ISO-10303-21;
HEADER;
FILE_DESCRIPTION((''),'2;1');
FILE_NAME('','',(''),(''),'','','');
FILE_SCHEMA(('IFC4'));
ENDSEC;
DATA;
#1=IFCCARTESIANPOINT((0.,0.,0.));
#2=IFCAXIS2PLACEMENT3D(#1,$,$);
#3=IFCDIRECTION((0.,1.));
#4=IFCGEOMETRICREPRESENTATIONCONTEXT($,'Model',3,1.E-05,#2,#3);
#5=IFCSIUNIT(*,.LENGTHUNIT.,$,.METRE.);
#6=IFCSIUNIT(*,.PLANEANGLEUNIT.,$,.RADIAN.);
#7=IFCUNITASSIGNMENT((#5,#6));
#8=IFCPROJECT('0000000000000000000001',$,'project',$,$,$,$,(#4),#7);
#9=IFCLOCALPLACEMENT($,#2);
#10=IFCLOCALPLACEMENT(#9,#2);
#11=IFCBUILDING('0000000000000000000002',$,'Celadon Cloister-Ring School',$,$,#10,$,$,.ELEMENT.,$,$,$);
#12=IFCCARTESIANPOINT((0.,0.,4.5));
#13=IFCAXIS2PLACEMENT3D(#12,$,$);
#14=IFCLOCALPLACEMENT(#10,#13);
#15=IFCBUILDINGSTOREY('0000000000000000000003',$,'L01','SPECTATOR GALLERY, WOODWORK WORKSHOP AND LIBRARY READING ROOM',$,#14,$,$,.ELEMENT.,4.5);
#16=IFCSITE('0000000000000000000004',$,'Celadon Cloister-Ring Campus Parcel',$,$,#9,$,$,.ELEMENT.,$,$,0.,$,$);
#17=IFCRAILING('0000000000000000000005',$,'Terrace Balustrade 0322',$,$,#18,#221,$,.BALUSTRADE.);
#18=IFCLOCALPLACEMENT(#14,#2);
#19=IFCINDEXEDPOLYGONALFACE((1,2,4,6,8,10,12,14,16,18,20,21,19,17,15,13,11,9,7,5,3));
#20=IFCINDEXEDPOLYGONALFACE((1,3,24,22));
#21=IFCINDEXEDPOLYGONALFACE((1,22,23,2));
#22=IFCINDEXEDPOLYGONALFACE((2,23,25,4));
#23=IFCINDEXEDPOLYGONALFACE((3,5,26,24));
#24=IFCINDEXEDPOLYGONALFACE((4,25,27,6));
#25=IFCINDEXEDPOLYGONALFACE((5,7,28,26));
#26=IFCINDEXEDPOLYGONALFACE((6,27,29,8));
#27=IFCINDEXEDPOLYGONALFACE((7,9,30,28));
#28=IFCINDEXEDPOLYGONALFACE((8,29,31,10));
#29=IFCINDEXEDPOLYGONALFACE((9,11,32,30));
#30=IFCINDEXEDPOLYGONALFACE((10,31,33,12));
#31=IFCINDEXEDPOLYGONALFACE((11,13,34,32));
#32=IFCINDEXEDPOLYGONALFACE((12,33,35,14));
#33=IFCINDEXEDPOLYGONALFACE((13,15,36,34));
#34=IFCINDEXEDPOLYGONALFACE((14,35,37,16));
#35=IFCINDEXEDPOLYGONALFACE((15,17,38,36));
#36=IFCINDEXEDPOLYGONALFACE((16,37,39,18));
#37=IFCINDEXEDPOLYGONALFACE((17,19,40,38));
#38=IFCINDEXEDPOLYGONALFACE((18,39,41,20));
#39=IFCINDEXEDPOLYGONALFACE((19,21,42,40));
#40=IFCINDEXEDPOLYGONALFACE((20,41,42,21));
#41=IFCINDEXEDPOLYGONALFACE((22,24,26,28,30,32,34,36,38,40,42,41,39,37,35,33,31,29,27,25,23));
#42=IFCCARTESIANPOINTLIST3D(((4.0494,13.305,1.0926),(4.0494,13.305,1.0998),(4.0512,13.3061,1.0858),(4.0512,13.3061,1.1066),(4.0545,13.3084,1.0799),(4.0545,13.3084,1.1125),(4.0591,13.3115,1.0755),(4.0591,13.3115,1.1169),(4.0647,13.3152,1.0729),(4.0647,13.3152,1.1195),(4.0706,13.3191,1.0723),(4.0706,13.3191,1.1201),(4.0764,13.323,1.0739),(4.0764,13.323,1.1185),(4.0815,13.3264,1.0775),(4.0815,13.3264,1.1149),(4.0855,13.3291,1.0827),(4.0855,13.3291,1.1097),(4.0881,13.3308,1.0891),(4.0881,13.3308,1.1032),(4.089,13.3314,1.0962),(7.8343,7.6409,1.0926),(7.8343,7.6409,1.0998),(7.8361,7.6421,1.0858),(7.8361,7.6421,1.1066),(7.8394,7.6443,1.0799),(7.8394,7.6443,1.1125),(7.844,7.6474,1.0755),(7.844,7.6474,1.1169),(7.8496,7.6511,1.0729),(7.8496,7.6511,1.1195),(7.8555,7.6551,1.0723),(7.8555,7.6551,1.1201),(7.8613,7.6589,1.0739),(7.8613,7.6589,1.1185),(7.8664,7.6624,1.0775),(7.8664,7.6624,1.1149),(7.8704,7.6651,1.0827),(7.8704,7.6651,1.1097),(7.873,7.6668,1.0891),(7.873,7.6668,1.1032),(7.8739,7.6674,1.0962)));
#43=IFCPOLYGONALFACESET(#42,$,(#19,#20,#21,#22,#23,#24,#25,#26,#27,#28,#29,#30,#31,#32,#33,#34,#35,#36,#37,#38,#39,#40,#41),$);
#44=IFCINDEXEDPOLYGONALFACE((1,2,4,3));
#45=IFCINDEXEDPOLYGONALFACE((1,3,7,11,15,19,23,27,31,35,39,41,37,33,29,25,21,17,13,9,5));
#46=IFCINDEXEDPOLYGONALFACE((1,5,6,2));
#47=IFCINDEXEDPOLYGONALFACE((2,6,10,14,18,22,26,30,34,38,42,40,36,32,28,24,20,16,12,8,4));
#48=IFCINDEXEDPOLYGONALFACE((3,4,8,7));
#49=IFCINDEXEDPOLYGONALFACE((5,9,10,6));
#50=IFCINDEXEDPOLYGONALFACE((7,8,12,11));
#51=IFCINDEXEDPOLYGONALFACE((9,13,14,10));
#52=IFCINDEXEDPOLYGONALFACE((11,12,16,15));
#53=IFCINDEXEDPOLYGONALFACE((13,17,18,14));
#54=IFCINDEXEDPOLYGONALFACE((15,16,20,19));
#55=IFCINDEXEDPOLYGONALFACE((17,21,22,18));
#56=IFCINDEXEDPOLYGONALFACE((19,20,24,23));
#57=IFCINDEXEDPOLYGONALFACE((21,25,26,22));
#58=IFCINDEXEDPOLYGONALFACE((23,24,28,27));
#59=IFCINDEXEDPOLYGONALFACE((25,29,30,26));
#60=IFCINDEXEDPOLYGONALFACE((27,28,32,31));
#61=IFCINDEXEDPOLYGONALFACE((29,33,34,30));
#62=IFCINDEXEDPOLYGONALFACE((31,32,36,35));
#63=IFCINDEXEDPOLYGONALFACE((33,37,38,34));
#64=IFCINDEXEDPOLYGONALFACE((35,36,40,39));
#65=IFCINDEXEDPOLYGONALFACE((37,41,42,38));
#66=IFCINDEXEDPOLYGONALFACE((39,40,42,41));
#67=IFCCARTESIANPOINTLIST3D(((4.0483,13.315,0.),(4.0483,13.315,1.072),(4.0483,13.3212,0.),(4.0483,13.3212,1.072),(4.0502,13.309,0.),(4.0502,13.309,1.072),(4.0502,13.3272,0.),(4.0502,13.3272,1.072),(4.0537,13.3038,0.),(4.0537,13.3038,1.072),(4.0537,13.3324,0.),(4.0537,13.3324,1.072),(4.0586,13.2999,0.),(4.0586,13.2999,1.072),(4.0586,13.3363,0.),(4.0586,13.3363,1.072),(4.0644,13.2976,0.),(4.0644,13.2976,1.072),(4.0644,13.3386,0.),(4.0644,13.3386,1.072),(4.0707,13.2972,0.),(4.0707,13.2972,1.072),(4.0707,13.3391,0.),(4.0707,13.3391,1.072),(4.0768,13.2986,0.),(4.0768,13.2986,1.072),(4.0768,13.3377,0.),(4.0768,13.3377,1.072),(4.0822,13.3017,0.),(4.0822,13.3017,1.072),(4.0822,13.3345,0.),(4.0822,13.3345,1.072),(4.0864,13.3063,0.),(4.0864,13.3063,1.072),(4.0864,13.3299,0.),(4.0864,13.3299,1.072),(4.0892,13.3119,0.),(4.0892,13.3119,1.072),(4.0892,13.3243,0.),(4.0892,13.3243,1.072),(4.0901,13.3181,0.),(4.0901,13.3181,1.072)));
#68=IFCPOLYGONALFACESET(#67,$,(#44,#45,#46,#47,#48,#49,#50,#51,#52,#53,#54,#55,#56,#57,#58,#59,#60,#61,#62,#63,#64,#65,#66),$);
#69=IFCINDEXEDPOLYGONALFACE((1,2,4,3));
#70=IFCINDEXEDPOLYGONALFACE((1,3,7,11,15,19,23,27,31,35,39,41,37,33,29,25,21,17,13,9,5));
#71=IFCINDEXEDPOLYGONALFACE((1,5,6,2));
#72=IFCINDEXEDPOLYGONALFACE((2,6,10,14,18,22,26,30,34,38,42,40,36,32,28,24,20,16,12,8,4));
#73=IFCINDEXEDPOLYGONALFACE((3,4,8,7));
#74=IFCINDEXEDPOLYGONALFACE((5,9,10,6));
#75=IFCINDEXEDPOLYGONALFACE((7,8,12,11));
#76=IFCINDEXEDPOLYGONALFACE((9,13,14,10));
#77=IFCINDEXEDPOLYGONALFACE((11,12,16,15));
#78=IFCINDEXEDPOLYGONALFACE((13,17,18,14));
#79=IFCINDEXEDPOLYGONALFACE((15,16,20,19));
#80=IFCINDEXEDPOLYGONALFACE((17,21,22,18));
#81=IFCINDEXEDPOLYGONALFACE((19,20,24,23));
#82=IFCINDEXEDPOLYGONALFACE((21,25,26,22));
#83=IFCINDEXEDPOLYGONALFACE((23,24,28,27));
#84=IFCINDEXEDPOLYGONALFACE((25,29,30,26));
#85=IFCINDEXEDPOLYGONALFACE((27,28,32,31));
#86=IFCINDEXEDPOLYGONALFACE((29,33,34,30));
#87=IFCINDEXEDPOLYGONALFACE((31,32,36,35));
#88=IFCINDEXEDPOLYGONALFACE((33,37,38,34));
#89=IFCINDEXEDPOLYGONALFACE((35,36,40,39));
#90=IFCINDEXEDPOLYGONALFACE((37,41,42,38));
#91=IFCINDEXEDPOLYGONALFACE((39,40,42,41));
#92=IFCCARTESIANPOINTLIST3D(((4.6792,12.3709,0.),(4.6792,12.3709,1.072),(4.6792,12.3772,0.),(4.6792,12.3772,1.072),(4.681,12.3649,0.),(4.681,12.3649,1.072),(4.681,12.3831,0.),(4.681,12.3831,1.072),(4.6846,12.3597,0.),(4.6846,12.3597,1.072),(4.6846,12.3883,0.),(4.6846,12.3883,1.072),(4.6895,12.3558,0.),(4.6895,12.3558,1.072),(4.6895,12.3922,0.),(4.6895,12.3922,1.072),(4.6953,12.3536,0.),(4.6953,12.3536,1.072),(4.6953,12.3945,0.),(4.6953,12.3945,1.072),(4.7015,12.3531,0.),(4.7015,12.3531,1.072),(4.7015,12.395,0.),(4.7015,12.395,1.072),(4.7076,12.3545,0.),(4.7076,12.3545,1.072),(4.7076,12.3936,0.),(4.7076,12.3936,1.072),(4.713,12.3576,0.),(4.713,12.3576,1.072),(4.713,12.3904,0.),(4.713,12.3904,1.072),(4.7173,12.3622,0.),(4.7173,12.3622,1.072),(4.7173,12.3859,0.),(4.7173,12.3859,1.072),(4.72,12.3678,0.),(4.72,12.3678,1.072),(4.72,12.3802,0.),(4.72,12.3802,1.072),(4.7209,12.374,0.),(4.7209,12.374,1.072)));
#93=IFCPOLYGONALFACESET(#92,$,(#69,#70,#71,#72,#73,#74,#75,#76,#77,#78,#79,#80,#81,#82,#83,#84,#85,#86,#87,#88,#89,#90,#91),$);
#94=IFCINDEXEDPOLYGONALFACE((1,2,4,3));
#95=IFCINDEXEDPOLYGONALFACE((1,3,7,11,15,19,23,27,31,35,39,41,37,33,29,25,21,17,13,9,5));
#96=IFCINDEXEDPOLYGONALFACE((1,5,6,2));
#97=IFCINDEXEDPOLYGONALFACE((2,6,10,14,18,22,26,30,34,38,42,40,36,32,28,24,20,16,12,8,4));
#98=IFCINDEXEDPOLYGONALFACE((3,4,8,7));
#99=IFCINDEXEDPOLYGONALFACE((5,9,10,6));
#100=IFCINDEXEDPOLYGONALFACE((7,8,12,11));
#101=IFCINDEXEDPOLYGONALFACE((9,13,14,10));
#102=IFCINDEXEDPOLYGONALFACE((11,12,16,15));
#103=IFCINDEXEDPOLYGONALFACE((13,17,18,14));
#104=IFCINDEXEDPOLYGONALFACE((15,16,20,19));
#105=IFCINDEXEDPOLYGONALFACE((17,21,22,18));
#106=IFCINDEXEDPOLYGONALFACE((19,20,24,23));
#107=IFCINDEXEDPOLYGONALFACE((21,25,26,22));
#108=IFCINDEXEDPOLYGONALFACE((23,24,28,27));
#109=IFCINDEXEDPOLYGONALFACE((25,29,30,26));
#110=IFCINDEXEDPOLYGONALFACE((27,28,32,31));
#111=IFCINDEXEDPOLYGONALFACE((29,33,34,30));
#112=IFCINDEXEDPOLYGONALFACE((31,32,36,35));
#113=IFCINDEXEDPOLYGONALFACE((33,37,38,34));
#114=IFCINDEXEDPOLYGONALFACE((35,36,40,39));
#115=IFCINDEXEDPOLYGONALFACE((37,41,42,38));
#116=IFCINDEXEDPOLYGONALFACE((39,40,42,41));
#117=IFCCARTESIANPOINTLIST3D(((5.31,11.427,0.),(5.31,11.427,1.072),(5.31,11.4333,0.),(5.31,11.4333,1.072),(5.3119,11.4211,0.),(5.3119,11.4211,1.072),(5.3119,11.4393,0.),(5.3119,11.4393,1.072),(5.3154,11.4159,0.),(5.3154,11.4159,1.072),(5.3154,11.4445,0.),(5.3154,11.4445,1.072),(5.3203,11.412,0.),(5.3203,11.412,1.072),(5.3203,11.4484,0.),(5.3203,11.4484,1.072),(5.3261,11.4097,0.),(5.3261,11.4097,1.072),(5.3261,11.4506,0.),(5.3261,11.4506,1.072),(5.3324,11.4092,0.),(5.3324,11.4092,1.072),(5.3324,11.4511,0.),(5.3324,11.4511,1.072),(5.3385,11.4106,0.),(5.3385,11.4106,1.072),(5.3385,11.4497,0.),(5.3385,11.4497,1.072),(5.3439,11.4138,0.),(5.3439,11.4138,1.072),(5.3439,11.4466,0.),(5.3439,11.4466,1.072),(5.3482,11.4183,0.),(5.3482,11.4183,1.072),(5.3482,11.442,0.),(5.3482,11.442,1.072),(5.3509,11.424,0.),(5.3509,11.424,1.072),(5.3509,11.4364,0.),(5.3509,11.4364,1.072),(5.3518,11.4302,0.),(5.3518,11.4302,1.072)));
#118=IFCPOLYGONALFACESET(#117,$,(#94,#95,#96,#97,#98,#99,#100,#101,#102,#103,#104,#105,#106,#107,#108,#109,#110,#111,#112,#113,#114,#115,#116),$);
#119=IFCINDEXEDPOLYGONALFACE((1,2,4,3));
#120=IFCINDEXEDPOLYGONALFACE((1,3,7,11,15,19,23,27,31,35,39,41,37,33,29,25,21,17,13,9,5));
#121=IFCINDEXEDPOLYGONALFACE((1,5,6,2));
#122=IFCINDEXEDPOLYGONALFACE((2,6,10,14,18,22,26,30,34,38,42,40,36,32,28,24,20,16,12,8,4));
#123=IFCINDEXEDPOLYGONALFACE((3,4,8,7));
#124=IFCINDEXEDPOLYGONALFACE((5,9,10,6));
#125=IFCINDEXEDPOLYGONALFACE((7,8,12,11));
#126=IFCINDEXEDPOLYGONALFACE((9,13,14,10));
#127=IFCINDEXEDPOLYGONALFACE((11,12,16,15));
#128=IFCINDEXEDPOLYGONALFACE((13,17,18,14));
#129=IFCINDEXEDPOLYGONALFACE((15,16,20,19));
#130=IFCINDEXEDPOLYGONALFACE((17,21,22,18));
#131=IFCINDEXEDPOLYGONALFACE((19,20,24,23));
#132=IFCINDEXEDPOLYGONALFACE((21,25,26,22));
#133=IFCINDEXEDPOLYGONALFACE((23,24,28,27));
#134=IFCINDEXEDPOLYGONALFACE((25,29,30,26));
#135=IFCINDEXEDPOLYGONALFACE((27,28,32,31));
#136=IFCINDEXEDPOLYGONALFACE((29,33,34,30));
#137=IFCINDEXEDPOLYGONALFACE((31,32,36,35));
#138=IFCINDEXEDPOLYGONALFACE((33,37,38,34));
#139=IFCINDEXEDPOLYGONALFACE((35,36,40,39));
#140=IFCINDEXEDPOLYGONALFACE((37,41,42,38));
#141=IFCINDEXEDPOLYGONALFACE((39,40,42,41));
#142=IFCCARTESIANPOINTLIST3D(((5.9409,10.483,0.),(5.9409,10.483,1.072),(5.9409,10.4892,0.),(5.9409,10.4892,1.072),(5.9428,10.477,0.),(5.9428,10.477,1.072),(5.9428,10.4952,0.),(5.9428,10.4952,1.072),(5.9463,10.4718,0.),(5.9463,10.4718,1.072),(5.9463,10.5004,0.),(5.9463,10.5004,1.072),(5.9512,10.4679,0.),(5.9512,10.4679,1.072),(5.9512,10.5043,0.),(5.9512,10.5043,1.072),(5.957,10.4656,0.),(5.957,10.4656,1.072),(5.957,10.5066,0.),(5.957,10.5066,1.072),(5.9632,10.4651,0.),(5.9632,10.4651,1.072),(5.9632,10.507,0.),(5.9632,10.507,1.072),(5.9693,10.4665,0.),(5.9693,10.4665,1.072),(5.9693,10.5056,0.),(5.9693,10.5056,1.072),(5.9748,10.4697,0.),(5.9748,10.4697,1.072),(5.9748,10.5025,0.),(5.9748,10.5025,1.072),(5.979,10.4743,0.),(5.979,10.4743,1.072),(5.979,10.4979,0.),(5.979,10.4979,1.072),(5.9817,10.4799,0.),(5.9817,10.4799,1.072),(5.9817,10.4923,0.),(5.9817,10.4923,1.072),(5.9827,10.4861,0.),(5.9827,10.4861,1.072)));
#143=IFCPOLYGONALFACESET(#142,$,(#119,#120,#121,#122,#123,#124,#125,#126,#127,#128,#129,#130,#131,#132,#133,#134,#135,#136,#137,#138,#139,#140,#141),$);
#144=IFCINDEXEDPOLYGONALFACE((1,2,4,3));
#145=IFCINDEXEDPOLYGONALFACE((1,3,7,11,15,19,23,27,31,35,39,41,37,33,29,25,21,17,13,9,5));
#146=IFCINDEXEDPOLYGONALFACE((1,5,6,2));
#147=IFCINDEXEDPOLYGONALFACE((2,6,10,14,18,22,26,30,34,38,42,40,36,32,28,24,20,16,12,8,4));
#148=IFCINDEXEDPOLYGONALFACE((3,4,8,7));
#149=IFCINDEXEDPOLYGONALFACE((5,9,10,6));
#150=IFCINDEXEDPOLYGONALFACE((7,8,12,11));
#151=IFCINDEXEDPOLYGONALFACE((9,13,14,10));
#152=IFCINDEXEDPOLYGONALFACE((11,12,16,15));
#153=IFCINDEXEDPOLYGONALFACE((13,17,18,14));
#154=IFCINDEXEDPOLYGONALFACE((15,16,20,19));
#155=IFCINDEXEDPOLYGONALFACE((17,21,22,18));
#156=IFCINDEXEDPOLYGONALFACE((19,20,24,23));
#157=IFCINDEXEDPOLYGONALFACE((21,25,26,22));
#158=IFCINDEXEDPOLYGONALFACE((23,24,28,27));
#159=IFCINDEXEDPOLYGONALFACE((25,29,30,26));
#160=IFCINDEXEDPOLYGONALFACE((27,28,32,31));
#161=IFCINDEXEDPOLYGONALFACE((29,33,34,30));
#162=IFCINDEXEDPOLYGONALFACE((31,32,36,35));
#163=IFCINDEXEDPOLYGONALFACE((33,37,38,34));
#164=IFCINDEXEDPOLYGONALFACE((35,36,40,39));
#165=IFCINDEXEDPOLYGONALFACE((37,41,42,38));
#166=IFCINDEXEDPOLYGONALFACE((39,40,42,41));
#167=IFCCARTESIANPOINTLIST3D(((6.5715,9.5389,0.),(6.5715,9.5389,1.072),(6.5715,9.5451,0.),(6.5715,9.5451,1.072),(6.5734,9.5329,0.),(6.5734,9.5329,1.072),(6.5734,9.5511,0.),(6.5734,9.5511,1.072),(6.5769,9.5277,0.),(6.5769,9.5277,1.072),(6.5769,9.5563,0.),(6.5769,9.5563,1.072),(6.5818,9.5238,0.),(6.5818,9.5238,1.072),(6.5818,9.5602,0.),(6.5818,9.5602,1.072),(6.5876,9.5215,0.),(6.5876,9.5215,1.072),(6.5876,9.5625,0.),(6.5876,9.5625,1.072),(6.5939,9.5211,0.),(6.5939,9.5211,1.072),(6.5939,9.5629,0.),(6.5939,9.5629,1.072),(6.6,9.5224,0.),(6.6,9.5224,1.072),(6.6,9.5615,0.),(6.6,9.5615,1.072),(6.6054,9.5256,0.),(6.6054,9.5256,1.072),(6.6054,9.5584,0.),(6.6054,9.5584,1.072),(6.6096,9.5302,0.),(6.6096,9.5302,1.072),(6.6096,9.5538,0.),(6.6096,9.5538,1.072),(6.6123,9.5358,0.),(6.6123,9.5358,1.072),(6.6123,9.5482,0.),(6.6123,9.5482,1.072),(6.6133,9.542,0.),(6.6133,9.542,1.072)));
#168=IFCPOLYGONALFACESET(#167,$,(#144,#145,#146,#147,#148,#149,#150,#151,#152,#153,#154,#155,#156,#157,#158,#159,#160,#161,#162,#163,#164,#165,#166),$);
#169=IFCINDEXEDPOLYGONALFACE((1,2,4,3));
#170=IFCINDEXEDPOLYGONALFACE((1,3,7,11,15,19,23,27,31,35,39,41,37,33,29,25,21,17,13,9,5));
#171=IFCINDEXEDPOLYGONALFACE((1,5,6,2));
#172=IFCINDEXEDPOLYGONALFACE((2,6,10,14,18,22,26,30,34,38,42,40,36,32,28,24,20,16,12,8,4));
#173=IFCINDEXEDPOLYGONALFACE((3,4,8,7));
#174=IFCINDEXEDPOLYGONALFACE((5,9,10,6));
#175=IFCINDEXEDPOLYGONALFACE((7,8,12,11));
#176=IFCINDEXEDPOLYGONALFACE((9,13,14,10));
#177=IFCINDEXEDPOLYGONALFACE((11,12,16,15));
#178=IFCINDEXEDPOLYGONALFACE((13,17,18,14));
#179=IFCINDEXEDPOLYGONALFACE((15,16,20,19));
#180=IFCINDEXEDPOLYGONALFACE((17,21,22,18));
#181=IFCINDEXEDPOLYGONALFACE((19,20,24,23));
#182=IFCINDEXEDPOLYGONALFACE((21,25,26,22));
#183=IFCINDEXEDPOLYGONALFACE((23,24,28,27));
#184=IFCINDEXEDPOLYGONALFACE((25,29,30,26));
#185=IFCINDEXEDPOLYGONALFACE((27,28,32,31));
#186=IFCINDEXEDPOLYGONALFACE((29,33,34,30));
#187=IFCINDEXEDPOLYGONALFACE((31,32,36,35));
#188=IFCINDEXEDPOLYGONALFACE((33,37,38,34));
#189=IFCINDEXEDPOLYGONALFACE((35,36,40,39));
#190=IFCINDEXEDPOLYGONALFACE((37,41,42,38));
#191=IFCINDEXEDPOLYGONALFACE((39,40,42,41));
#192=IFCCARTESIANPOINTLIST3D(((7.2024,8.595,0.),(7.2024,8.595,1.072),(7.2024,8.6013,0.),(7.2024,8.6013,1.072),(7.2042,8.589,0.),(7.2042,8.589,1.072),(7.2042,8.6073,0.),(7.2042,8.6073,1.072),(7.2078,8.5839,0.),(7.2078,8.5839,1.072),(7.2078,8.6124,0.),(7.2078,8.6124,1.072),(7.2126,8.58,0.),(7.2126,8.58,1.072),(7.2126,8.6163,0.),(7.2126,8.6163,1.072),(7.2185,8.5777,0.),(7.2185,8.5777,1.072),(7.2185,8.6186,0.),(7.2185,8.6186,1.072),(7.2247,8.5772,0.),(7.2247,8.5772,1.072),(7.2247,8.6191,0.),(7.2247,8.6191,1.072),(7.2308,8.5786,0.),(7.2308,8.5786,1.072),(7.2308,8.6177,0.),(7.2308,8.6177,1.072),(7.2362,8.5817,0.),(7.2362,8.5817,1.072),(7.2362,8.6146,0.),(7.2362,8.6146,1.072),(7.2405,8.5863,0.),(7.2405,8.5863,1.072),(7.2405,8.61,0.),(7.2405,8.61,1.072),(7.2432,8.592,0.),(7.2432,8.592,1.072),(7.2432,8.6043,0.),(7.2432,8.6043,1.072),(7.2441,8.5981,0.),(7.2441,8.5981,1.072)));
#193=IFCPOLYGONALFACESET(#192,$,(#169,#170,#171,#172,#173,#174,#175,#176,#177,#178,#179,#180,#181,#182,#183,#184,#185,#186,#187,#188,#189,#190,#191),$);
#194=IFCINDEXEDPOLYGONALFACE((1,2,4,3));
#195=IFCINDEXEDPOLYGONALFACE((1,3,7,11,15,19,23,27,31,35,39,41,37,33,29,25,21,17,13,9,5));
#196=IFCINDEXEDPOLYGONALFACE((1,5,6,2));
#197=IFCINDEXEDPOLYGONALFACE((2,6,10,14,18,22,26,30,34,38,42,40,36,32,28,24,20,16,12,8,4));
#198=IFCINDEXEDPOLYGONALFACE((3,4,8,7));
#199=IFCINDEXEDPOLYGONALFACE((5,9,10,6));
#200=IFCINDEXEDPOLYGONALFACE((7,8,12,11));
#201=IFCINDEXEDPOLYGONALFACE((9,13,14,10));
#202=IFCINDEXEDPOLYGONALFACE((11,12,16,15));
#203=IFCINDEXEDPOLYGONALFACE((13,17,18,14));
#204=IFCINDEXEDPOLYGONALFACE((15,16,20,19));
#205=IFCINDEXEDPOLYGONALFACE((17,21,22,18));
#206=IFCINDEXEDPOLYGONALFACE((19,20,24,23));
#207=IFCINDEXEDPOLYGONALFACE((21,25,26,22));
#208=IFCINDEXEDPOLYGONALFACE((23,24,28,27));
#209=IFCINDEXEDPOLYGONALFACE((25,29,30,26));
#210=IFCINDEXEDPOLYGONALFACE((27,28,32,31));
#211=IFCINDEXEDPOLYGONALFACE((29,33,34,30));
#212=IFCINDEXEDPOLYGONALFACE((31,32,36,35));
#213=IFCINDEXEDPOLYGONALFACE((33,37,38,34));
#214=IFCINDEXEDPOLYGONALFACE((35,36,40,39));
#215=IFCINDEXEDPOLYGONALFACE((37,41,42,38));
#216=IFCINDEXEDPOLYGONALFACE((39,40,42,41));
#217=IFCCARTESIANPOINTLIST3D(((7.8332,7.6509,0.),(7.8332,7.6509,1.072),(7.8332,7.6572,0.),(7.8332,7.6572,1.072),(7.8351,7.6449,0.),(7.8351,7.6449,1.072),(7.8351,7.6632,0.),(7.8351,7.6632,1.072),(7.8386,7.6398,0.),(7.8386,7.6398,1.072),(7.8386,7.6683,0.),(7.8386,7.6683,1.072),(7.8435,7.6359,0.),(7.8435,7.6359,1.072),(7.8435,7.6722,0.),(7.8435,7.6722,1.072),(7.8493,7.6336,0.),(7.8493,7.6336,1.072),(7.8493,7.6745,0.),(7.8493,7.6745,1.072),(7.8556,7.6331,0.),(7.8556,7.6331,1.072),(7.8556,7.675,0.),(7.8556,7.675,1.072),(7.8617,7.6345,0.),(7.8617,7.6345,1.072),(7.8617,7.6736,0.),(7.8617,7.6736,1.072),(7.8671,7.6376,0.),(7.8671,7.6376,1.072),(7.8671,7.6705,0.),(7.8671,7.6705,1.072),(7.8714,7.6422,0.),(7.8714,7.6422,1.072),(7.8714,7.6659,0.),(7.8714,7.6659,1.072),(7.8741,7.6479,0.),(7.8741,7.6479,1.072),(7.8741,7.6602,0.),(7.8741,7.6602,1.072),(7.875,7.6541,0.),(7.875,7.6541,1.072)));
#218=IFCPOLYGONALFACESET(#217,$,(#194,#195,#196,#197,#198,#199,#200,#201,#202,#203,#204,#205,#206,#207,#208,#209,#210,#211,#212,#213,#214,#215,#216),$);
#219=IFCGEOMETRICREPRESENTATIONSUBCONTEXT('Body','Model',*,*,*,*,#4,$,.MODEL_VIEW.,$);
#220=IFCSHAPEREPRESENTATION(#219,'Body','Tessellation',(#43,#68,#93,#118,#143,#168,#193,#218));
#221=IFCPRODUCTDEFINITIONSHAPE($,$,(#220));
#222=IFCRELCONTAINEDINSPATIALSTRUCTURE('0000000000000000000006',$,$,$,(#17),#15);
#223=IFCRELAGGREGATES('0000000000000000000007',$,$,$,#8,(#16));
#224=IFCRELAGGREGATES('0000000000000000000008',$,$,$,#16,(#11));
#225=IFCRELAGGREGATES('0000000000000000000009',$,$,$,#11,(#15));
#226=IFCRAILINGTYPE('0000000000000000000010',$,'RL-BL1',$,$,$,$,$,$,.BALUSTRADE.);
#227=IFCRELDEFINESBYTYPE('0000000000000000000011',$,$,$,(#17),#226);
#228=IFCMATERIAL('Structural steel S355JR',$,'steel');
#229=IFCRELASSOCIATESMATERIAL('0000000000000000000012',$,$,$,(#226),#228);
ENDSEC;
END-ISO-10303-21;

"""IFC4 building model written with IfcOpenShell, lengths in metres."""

from ifc_helpers import new_model, si_unit, direction, frame, origin, origin_2d, place, context, subcontext, project, spatial, circle, extrude, material, type_object, element, save


model = new_model("IFC4")

# Units and contexts
model_context = context("Model", 3, precision=1e-05, world=origin(), true_north=direction((0.0, 1.0)))
body_context = subcontext(model_context, "Body", "Model", "MODEL_VIEW")
ifc_project = project(units=[si_unit("LENGTHUNIT", "METRE"), si_unit("PLANEANGLEUNIT", "RADIAN")], contexts=[model_context])

# Site, building, storey
site_placement = place(None, origin())
site = spatial("IfcSite", under=ifc_project, at=site_placement, Name="Celadon Cloister-Ring Campus Parcel", CompositionType="ELEMENT", RefElevation=0.0)
building_placement = place(site_placement, origin())
building = spatial("IfcBuilding", under=site, at=building_placement, Name="Celadon Cloister-Ring School", CompositionType="ELEMENT")
storey_placement = place(building_placement, frame((0.0, 0.0, 4.5)))
storey = spatial("IfcBuildingStorey", under=building, at=storey_placement, Name="L01", Description="SPECTATOR GALLERY, WOODWORK WORKSHOP AND LIBRARY READING ROOM", CompositionType="ELEMENT", Elevation=4.5)

# Railing
ifc_material_1 = material(Name="Structural steel S355JR", Category="steel")
railing_type = type_object("IfcRailingType", Name="RL-BL1", PredefinedType="BALUSTRADE", material=ifc_material_1)
railing_placement = place(storey_placement, frame((4.0691, 13.3181, 0.0)))
element("IfcRailing", 1, at=railing_placement, inside=storey, type_object=railing_type, Name="Terrace Balustrade 0322", PredefinedType="BALUSTRADE", context=body_context, shape_type="SweptSolid", body=[
    extrude(circle(Radius=0.0239, at=origin_2d()), frame((0.0, 0.0, 1.0962), z_axis=(0.555601, -0.831449, 0.0), x_axis=(0.831449, 0.555601, 0.0)), (0.0, 0.0, 1.0), 6.8123),
    extrude(circle(Radius=0.021, at=origin_2d()), origin(), (0.0, 0.0, 1.0), 1.072),
    extrude(circle(Radius=0.021, at=origin_2d()), frame((0.6309, -0.9441, 0.0)), (0.0, 0.0, 1.0), 1.072),
    extrude(circle(Radius=0.021, at=origin_2d()), frame((1.2617, -1.8879, 0.0)), (0.0, 0.0, 1.0), 1.072),
    extrude(circle(Radius=0.021, at=origin_2d()), frame((1.8926, -2.832, 0.0)), (0.0, 0.0, 1.0), 1.072),
    extrude(circle(Radius=0.021, at=origin_2d()), frame((2.5232, -3.7761, 0.0)), (0.0, 0.0, 1.0), 1.072),
    extrude(circle(Radius=0.021, at=origin_2d()), frame((3.1541, -4.72, 0.0)), (0.0, 0.0, 1.0), 1.072),
    extrude(circle(Radius=0.021, at=origin_2d()), frame((3.7849, -5.6641, 0.0)), (0.0, 0.0, 1.0), 1.072),
])

save(model, "model.ifc")
